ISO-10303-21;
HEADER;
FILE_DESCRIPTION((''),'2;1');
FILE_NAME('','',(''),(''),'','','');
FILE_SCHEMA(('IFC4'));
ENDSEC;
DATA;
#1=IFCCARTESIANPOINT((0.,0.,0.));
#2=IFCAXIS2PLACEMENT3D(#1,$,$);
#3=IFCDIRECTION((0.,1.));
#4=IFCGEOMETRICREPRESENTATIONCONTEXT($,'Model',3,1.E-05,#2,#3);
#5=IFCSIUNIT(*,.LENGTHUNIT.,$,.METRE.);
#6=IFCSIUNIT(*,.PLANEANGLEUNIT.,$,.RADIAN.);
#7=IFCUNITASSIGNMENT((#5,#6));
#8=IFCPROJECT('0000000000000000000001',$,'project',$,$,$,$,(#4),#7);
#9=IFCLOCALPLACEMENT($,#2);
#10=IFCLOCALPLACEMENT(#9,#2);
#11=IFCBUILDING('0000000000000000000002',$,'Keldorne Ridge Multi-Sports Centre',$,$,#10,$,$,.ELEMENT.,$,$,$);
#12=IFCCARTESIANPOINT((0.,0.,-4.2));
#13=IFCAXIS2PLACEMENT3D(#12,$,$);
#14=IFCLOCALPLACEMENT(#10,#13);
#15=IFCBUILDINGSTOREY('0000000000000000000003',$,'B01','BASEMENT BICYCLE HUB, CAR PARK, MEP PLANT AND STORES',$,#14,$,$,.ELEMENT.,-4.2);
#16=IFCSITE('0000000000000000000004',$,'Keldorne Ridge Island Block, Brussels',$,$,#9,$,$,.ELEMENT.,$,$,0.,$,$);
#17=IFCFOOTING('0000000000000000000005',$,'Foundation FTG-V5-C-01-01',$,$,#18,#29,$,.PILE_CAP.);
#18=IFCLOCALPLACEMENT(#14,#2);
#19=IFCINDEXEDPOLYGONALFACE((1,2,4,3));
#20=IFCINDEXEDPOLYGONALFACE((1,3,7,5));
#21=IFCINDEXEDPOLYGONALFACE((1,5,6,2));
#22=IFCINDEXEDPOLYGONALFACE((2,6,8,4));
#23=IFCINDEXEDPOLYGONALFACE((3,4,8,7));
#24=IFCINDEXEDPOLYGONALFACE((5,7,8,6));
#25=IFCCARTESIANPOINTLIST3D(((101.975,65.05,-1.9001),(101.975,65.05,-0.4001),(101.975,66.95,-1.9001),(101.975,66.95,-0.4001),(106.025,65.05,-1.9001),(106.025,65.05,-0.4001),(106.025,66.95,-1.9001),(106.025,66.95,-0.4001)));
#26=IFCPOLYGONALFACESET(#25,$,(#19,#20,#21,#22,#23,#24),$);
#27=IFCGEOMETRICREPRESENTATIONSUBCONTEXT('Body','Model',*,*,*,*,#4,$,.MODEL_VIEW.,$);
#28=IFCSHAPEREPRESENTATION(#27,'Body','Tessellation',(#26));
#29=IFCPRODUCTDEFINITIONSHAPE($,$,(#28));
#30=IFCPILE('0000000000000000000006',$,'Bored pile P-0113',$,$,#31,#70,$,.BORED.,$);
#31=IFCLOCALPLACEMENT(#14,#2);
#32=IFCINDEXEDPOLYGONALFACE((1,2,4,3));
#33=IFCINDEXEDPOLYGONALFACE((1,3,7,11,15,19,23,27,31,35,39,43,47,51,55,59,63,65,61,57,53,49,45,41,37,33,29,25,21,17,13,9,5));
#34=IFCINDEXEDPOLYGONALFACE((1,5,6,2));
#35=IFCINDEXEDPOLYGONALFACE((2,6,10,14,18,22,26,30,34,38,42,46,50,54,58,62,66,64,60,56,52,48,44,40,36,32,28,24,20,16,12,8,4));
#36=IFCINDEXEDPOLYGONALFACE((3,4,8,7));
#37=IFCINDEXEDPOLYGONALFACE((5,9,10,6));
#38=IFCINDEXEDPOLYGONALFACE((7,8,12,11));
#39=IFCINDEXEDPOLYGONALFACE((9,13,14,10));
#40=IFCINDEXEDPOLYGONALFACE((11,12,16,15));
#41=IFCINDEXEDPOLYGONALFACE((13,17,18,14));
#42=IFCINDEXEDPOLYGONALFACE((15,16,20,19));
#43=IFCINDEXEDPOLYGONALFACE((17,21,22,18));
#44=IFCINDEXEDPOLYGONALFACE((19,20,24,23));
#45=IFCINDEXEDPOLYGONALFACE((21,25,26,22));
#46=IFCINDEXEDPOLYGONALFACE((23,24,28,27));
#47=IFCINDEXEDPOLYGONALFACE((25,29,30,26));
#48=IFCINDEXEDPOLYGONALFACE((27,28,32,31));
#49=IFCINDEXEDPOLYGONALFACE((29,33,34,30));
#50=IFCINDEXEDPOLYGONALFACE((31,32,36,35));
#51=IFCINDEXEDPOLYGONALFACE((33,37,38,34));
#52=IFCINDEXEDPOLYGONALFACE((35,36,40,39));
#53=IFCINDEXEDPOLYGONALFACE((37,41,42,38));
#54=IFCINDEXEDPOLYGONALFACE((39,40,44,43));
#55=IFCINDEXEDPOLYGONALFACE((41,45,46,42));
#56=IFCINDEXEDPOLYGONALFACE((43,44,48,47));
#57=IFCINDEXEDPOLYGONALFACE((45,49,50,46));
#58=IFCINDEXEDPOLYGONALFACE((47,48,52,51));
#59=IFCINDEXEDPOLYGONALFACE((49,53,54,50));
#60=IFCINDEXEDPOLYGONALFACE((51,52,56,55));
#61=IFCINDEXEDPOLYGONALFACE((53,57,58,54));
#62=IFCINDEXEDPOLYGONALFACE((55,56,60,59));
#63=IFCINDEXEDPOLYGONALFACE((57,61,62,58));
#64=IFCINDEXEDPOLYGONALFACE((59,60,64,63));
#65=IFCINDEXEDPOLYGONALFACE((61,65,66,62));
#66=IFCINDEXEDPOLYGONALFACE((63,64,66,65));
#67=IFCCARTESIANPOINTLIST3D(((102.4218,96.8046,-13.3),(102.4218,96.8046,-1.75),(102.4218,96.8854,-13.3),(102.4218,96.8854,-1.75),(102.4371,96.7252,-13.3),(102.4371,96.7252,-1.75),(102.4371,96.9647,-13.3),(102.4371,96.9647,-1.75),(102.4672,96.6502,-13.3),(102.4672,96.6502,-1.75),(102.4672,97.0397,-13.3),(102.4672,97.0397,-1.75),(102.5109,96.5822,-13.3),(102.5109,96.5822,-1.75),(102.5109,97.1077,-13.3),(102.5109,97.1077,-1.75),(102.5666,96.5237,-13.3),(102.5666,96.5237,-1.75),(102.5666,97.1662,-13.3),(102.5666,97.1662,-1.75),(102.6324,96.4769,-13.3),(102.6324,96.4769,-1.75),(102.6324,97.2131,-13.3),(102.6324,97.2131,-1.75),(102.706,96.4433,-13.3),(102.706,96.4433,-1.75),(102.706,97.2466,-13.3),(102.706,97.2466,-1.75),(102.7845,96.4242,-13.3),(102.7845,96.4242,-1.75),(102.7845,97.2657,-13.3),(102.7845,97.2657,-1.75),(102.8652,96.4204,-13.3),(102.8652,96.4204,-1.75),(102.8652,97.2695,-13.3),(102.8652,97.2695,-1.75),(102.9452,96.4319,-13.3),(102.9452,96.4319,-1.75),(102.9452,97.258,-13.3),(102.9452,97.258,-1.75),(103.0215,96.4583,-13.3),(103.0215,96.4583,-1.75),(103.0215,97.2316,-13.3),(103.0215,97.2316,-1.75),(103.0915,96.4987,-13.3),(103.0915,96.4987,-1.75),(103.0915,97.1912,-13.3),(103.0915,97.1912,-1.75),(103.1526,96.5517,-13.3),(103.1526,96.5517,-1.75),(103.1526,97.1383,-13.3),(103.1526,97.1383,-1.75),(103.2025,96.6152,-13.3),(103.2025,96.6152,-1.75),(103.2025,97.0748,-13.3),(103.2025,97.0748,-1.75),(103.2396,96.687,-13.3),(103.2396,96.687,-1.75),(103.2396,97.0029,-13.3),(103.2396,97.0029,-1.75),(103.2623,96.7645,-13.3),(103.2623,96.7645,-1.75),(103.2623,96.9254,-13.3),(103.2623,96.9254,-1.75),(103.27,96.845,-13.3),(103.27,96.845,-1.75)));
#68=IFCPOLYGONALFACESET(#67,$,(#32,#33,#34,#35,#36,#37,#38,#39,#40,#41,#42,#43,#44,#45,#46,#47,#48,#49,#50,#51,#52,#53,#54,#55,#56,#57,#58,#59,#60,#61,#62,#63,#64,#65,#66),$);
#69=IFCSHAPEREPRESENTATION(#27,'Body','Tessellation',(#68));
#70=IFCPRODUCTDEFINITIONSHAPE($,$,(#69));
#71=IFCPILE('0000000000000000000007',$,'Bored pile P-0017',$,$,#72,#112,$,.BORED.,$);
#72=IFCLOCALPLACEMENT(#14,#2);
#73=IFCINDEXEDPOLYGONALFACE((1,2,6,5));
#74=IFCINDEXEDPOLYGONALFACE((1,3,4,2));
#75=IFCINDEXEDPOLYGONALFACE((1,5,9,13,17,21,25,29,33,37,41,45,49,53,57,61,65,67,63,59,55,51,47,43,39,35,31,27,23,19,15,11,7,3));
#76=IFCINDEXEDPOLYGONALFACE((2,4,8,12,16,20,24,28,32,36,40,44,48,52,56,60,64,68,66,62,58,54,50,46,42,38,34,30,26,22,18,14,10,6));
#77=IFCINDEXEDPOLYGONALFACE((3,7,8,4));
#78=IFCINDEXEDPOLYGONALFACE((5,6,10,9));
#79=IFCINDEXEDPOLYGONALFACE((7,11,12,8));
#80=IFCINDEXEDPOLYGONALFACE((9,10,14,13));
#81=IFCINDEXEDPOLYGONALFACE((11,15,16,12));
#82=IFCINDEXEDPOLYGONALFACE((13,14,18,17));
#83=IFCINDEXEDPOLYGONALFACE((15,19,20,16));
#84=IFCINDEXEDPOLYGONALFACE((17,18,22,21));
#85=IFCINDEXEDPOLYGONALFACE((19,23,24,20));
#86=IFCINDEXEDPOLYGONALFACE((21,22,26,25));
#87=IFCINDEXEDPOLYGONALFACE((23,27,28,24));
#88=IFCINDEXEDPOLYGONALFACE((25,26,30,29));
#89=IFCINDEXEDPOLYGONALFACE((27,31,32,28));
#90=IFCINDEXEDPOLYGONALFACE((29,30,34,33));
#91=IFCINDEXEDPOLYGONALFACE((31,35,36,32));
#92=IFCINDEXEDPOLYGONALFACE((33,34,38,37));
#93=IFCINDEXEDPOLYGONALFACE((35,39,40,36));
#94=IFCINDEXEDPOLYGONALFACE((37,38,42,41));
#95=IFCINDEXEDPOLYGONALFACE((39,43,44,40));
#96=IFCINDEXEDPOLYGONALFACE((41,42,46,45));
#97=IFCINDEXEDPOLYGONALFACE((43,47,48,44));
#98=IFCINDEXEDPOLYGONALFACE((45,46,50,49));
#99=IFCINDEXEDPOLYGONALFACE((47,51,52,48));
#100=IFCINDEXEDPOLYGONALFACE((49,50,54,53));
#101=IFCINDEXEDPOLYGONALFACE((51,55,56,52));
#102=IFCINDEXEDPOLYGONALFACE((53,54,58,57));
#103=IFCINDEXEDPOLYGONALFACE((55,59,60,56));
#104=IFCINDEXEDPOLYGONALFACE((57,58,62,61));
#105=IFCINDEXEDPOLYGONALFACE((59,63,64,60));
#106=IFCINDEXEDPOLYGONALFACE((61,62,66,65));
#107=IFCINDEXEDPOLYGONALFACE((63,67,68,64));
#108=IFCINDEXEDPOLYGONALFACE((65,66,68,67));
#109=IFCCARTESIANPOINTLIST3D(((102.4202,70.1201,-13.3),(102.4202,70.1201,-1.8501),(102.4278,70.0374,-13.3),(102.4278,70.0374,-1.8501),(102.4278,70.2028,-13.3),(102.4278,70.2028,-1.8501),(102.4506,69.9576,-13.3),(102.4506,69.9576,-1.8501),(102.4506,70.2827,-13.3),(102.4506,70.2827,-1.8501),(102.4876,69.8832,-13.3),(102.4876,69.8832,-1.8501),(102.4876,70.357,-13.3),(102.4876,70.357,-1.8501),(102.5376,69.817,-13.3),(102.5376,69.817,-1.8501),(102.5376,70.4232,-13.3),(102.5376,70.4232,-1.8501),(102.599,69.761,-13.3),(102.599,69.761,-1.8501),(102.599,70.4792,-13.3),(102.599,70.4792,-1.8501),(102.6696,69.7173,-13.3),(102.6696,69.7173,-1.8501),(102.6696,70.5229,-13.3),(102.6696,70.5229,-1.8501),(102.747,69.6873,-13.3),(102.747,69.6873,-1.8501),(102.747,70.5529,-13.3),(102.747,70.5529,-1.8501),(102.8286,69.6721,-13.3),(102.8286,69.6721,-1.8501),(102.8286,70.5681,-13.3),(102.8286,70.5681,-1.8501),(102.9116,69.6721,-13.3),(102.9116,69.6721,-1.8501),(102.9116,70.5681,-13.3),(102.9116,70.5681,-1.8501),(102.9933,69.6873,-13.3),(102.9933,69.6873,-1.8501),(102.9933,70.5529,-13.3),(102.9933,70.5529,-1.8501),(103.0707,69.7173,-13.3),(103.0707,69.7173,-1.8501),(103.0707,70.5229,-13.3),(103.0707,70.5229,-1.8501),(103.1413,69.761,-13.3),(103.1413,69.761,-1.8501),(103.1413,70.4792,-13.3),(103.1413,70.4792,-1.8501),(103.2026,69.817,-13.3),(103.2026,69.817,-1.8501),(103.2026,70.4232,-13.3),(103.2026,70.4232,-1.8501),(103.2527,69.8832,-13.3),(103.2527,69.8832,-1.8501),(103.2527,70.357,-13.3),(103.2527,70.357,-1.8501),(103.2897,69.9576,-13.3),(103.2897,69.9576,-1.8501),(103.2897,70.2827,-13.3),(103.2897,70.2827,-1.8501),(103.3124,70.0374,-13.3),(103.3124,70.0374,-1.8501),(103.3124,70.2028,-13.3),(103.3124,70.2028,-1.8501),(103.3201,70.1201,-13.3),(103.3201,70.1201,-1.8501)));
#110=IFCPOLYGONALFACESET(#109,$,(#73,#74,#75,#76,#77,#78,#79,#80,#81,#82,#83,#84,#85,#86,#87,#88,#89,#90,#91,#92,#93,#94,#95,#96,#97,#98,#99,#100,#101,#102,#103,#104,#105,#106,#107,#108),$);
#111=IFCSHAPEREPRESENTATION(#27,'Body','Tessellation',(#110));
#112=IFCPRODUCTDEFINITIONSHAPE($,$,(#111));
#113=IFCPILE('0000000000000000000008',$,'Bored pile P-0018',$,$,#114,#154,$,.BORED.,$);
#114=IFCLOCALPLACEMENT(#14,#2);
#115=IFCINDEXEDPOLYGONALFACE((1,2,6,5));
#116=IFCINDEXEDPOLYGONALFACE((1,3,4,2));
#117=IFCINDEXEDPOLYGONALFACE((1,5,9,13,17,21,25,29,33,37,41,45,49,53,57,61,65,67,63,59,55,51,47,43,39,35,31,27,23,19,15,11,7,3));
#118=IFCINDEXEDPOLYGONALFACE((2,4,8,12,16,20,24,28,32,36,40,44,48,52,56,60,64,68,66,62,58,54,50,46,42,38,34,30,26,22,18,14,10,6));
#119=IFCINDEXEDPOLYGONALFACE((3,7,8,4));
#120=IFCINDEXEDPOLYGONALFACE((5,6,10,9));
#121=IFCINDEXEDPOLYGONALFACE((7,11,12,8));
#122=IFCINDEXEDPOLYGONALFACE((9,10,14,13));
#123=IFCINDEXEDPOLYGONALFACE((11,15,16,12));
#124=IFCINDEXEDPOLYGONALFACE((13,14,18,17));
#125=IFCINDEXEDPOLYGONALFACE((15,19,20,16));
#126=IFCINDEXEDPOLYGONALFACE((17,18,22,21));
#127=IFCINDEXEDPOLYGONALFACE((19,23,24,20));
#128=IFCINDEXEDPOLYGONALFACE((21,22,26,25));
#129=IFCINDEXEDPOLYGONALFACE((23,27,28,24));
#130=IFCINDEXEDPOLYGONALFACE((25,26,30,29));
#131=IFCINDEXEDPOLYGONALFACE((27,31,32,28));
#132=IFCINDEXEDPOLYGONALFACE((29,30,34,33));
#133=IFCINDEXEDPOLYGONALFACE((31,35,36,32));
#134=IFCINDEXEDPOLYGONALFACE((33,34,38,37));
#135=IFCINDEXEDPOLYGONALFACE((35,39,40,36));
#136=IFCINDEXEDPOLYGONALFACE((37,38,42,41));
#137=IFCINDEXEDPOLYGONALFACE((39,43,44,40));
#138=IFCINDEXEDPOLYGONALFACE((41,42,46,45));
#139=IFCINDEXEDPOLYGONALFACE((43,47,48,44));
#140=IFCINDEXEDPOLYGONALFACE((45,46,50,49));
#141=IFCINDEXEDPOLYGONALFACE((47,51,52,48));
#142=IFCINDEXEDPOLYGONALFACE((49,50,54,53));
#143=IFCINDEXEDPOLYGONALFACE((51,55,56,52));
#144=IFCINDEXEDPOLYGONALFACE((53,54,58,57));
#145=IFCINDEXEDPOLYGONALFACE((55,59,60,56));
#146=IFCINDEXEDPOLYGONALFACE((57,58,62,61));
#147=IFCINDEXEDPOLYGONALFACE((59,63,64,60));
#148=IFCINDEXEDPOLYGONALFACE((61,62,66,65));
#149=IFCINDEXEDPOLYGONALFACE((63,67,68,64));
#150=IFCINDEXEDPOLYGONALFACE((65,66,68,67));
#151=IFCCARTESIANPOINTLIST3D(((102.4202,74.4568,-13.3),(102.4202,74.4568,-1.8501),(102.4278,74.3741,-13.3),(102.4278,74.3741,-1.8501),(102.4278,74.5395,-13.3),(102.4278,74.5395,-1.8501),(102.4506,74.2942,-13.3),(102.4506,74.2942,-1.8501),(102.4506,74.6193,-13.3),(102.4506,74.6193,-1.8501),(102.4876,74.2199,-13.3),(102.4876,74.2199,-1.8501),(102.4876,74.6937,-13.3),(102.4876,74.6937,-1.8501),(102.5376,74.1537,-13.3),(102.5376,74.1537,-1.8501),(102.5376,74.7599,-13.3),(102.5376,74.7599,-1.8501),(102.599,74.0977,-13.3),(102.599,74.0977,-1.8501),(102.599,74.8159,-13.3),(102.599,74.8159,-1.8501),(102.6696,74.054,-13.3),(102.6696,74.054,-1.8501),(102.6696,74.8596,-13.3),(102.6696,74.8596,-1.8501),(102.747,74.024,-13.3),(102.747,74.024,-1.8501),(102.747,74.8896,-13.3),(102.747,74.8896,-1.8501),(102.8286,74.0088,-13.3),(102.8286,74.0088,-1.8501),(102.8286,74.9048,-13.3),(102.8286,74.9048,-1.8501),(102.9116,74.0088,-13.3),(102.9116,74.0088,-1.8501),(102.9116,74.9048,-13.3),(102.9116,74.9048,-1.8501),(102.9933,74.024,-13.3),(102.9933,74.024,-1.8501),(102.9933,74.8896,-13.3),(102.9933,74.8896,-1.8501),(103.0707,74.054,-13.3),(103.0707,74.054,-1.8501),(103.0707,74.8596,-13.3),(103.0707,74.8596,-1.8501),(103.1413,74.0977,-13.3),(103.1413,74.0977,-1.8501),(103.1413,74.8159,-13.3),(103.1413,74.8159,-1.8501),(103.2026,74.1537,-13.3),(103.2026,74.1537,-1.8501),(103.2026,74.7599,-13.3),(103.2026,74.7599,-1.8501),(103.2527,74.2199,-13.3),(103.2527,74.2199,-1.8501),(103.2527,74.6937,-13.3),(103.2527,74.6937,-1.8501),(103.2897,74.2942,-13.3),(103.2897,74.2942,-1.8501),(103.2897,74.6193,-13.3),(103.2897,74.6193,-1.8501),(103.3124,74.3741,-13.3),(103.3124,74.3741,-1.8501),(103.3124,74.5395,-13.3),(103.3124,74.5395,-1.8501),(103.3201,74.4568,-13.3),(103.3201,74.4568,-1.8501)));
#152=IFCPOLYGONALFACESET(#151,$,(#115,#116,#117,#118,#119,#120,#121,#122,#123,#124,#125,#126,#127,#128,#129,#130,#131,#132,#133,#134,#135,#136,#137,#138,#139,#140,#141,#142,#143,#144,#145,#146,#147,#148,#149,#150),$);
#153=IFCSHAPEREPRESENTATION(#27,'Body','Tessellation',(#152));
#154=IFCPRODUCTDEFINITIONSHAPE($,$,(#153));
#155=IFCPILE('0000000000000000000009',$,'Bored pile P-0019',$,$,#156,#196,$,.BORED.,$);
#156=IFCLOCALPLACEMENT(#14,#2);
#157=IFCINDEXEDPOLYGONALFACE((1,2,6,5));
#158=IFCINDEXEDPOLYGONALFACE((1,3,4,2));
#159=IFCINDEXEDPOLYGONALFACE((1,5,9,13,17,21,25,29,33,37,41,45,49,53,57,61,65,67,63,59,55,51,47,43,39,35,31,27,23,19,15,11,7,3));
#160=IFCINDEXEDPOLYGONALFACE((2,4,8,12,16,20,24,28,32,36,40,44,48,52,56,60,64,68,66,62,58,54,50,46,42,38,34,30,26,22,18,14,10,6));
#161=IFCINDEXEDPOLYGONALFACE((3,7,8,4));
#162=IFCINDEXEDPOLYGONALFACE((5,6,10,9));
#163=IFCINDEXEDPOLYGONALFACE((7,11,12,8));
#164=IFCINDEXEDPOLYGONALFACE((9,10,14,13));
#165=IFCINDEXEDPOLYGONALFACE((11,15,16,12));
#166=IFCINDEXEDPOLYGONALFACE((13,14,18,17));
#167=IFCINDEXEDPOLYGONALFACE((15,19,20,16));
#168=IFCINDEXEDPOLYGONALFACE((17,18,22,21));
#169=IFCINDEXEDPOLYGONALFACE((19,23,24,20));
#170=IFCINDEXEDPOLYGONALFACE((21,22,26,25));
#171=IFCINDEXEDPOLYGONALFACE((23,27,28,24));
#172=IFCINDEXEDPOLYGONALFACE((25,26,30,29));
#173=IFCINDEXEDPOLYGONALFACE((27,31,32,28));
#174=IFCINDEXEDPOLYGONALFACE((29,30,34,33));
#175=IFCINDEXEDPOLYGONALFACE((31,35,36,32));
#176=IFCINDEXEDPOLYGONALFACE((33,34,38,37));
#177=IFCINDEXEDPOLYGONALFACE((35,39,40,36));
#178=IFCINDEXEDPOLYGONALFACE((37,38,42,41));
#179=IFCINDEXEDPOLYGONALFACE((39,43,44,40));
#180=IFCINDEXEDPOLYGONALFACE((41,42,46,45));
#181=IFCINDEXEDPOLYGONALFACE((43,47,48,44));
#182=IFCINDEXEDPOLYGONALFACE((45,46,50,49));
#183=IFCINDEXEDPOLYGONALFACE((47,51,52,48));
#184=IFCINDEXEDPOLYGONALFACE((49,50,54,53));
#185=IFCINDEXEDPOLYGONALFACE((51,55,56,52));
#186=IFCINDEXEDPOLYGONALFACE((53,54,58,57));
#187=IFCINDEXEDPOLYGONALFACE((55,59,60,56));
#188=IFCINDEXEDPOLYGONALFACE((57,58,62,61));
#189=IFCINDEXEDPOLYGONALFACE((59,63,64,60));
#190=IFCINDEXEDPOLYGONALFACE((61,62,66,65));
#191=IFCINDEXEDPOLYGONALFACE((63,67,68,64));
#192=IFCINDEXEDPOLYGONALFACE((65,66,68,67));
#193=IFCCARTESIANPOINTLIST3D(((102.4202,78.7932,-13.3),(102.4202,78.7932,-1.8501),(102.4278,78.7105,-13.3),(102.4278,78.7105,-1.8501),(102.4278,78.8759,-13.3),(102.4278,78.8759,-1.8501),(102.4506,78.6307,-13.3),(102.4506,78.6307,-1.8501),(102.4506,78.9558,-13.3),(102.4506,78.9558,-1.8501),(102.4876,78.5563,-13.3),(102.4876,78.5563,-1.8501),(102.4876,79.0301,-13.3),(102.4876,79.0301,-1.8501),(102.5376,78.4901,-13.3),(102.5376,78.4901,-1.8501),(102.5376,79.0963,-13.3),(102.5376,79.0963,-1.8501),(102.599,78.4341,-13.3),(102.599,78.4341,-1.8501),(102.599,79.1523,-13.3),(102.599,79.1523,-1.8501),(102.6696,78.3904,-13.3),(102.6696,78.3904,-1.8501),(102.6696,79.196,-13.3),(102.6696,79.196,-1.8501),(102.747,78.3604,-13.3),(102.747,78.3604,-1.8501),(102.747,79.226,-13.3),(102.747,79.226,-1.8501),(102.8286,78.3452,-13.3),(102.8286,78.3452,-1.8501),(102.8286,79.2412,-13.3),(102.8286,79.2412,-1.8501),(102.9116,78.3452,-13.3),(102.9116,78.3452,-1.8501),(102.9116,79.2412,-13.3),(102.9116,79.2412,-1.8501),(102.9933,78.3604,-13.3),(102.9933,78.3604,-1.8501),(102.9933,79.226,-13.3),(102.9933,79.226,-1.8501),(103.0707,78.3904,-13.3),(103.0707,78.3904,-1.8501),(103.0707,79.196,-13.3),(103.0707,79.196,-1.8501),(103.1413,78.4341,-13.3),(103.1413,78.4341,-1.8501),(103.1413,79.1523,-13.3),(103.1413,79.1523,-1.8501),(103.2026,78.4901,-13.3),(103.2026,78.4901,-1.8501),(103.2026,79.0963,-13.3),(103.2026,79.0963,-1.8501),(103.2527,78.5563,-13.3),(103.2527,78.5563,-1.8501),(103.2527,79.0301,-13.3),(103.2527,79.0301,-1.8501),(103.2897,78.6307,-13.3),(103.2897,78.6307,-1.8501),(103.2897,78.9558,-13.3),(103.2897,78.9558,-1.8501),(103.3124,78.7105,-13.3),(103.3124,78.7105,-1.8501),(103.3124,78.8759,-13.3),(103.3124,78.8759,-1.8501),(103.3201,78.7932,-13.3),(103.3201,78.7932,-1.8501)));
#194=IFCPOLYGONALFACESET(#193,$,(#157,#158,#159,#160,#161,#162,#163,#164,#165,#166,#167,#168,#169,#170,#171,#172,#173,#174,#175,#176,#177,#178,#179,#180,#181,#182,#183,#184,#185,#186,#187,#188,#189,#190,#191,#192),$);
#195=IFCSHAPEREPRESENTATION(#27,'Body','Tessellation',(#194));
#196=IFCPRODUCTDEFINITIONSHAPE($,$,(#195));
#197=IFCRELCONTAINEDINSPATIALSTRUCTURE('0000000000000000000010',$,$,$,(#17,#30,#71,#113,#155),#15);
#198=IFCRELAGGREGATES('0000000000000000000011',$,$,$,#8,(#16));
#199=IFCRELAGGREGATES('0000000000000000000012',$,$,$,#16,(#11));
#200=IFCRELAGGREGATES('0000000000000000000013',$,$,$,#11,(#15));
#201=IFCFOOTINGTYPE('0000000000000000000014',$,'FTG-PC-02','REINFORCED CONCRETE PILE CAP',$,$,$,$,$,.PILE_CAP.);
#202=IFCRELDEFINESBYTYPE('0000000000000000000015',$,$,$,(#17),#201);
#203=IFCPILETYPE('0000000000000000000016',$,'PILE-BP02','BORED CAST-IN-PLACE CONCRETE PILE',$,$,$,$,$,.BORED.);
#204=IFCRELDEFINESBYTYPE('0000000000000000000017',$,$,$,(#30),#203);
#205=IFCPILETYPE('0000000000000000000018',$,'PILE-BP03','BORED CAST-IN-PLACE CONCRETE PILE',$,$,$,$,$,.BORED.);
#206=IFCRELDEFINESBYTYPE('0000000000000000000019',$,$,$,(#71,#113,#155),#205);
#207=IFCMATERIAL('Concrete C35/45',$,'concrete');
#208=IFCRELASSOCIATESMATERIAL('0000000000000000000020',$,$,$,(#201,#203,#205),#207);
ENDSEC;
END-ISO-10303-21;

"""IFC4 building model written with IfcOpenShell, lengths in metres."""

from ifc_helpers import new_model, si_unit, direction, frame, origin, origin_2d, place, context, subcontext, project, spatial, rectangle, circle, extrude, material, material_profile, profile_set, type_object, element, save


model = new_model("IFC4")

# Units and contexts
model_context = context("Model", 3, precision=1e-05, world=origin(), true_north=direction((0.0, 1.0)))
body_context = subcontext(model_context, "Body", "Model", "MODEL_VIEW")
ifc_project = project(units=[si_unit("LENGTHUNIT", "METRE"), si_unit("PLANEANGLEUNIT", "RADIAN")], contexts=[model_context])

# Site, building, storey
site_placement = place(None, origin())
site = spatial("IfcSite", under=ifc_project, at=site_placement, Name="Keldorne Ridge Island Block, Brussels", CompositionType="ELEMENT", RefElevation=0.0)
building_placement = place(site_placement, origin())
building = spatial("IfcBuilding", under=site, at=building_placement, Name="Keldorne Ridge Multi-Sports Centre", CompositionType="ELEMENT")
storey_placement = place(building_placement, frame((0.0, 0.0, -4.2)))
storey = spatial("IfcBuildingStorey", under=building, at=storey_placement, Name="B01", Description="BASEMENT BICYCLE HUB, CAR PARK, MEP PLANT AND STORES", CompositionType="ELEMENT", Elevation=-4.2)

# Footing
ifc_material_1 = material(Name="Concrete C35/45", Category="concrete")
footing_type = type_object("IfcFootingType", Name="FTG-PC-02", Description="REINFORCED CONCRETE PILE CAP", PredefinedType="PILE_CAP", material=ifc_material_1)
footing_placement = place(storey_placement, frame((104.0, 66.0, -1.9001), z_axis=(0.0, 0.0, 1.0), x_axis=(1.0, 0.0, 0.0)))
element("IfcFooting", 1, at=footing_placement, inside=storey, type_object=footing_type, Name="Foundation FTG-V5-C-01-01", PredefinedType="PILE_CAP", context=body_context, shape_type="SweptSolid", body=[
    extrude(rectangle(XDim=4.05, YDim=1.8999, at=origin_2d()), origin(), (0.0, 0.0, 1.0), 1.5),
])

# Piles
ifc_material_profile_1 = material_profile(ifc_material_1, circle(Radius=0.425, at=origin_2d()), Name="BORED PILE D850")
ifc_profile_set_1 = profile_set([ifc_material_profile_1], Name="Concrete C35/45")
pile_type_1 = type_object("IfcPileType", Name="PILE-BP02", Description="BORED CAST-IN-PLACE CONCRETE PILE", PredefinedType="BORED", material=ifc_profile_set_1)
pile_placement = place(storey_placement, frame((102.845, 96.845, -1.75), z_axis=(0.0, 0.0, -1.0), x_axis=(1.0, 0.0, 0.0)))
element("IfcPile", 2, at=pile_placement, inside=storey, type_object=pile_type_1, Name="Bored pile P-0113", PredefinedType="BORED", context=body_context, shape_type="SweptSolid", body=[
    extrude(circle(Radius=0.425, at=origin_2d()), origin(), (0.0, 0.0, 1.0), 11.55),
])
ifc_material_profile_2 = material_profile(ifc_material_1, circle(Radius=0.45, at=origin_2d()), Name="BORED PILE D900")
ifc_profile_set_2 = profile_set([ifc_material_profile_2], Name="Concrete C35/45")
pile_type_2 = type_object("IfcPileType", Name="PILE-BP03", Description="BORED CAST-IN-PLACE CONCRETE PILE", PredefinedType="BORED", material=ifc_profile_set_2)
for number, where, z_axis, x_axis, name in (
    (3, (102.8701, 70.1201, -1.8501), (0.0, 0.0, -1.0), (1.0, 0.0, 0.0), "Bored pile P-0017"),
    (4, (102.8701, 74.4568, -1.8501), (0.0, 0.0, -1.0), (1.0, 0.0, 0.0), "Bored pile P-0018"),
    (5, (102.8701, 78.7932, -1.8501), (0.0, 0.0, -1.0), (1.0, 0.0, 0.0), "Bored pile P-0019"),
):
    element("IfcPile", number, at=place(storey_placement, frame(where, z_axis=z_axis, x_axis=x_axis)), inside=storey, type_object=pile_type_2, Name=name, PredefinedType="BORED", context=body_context, shape_type="SweptSolid", body=[
        extrude(circle(Radius=0.45, at=origin_2d()), origin(), (0.0, 0.0, 1.0), 11.45),
    ])

save(model, "model.ifc")
